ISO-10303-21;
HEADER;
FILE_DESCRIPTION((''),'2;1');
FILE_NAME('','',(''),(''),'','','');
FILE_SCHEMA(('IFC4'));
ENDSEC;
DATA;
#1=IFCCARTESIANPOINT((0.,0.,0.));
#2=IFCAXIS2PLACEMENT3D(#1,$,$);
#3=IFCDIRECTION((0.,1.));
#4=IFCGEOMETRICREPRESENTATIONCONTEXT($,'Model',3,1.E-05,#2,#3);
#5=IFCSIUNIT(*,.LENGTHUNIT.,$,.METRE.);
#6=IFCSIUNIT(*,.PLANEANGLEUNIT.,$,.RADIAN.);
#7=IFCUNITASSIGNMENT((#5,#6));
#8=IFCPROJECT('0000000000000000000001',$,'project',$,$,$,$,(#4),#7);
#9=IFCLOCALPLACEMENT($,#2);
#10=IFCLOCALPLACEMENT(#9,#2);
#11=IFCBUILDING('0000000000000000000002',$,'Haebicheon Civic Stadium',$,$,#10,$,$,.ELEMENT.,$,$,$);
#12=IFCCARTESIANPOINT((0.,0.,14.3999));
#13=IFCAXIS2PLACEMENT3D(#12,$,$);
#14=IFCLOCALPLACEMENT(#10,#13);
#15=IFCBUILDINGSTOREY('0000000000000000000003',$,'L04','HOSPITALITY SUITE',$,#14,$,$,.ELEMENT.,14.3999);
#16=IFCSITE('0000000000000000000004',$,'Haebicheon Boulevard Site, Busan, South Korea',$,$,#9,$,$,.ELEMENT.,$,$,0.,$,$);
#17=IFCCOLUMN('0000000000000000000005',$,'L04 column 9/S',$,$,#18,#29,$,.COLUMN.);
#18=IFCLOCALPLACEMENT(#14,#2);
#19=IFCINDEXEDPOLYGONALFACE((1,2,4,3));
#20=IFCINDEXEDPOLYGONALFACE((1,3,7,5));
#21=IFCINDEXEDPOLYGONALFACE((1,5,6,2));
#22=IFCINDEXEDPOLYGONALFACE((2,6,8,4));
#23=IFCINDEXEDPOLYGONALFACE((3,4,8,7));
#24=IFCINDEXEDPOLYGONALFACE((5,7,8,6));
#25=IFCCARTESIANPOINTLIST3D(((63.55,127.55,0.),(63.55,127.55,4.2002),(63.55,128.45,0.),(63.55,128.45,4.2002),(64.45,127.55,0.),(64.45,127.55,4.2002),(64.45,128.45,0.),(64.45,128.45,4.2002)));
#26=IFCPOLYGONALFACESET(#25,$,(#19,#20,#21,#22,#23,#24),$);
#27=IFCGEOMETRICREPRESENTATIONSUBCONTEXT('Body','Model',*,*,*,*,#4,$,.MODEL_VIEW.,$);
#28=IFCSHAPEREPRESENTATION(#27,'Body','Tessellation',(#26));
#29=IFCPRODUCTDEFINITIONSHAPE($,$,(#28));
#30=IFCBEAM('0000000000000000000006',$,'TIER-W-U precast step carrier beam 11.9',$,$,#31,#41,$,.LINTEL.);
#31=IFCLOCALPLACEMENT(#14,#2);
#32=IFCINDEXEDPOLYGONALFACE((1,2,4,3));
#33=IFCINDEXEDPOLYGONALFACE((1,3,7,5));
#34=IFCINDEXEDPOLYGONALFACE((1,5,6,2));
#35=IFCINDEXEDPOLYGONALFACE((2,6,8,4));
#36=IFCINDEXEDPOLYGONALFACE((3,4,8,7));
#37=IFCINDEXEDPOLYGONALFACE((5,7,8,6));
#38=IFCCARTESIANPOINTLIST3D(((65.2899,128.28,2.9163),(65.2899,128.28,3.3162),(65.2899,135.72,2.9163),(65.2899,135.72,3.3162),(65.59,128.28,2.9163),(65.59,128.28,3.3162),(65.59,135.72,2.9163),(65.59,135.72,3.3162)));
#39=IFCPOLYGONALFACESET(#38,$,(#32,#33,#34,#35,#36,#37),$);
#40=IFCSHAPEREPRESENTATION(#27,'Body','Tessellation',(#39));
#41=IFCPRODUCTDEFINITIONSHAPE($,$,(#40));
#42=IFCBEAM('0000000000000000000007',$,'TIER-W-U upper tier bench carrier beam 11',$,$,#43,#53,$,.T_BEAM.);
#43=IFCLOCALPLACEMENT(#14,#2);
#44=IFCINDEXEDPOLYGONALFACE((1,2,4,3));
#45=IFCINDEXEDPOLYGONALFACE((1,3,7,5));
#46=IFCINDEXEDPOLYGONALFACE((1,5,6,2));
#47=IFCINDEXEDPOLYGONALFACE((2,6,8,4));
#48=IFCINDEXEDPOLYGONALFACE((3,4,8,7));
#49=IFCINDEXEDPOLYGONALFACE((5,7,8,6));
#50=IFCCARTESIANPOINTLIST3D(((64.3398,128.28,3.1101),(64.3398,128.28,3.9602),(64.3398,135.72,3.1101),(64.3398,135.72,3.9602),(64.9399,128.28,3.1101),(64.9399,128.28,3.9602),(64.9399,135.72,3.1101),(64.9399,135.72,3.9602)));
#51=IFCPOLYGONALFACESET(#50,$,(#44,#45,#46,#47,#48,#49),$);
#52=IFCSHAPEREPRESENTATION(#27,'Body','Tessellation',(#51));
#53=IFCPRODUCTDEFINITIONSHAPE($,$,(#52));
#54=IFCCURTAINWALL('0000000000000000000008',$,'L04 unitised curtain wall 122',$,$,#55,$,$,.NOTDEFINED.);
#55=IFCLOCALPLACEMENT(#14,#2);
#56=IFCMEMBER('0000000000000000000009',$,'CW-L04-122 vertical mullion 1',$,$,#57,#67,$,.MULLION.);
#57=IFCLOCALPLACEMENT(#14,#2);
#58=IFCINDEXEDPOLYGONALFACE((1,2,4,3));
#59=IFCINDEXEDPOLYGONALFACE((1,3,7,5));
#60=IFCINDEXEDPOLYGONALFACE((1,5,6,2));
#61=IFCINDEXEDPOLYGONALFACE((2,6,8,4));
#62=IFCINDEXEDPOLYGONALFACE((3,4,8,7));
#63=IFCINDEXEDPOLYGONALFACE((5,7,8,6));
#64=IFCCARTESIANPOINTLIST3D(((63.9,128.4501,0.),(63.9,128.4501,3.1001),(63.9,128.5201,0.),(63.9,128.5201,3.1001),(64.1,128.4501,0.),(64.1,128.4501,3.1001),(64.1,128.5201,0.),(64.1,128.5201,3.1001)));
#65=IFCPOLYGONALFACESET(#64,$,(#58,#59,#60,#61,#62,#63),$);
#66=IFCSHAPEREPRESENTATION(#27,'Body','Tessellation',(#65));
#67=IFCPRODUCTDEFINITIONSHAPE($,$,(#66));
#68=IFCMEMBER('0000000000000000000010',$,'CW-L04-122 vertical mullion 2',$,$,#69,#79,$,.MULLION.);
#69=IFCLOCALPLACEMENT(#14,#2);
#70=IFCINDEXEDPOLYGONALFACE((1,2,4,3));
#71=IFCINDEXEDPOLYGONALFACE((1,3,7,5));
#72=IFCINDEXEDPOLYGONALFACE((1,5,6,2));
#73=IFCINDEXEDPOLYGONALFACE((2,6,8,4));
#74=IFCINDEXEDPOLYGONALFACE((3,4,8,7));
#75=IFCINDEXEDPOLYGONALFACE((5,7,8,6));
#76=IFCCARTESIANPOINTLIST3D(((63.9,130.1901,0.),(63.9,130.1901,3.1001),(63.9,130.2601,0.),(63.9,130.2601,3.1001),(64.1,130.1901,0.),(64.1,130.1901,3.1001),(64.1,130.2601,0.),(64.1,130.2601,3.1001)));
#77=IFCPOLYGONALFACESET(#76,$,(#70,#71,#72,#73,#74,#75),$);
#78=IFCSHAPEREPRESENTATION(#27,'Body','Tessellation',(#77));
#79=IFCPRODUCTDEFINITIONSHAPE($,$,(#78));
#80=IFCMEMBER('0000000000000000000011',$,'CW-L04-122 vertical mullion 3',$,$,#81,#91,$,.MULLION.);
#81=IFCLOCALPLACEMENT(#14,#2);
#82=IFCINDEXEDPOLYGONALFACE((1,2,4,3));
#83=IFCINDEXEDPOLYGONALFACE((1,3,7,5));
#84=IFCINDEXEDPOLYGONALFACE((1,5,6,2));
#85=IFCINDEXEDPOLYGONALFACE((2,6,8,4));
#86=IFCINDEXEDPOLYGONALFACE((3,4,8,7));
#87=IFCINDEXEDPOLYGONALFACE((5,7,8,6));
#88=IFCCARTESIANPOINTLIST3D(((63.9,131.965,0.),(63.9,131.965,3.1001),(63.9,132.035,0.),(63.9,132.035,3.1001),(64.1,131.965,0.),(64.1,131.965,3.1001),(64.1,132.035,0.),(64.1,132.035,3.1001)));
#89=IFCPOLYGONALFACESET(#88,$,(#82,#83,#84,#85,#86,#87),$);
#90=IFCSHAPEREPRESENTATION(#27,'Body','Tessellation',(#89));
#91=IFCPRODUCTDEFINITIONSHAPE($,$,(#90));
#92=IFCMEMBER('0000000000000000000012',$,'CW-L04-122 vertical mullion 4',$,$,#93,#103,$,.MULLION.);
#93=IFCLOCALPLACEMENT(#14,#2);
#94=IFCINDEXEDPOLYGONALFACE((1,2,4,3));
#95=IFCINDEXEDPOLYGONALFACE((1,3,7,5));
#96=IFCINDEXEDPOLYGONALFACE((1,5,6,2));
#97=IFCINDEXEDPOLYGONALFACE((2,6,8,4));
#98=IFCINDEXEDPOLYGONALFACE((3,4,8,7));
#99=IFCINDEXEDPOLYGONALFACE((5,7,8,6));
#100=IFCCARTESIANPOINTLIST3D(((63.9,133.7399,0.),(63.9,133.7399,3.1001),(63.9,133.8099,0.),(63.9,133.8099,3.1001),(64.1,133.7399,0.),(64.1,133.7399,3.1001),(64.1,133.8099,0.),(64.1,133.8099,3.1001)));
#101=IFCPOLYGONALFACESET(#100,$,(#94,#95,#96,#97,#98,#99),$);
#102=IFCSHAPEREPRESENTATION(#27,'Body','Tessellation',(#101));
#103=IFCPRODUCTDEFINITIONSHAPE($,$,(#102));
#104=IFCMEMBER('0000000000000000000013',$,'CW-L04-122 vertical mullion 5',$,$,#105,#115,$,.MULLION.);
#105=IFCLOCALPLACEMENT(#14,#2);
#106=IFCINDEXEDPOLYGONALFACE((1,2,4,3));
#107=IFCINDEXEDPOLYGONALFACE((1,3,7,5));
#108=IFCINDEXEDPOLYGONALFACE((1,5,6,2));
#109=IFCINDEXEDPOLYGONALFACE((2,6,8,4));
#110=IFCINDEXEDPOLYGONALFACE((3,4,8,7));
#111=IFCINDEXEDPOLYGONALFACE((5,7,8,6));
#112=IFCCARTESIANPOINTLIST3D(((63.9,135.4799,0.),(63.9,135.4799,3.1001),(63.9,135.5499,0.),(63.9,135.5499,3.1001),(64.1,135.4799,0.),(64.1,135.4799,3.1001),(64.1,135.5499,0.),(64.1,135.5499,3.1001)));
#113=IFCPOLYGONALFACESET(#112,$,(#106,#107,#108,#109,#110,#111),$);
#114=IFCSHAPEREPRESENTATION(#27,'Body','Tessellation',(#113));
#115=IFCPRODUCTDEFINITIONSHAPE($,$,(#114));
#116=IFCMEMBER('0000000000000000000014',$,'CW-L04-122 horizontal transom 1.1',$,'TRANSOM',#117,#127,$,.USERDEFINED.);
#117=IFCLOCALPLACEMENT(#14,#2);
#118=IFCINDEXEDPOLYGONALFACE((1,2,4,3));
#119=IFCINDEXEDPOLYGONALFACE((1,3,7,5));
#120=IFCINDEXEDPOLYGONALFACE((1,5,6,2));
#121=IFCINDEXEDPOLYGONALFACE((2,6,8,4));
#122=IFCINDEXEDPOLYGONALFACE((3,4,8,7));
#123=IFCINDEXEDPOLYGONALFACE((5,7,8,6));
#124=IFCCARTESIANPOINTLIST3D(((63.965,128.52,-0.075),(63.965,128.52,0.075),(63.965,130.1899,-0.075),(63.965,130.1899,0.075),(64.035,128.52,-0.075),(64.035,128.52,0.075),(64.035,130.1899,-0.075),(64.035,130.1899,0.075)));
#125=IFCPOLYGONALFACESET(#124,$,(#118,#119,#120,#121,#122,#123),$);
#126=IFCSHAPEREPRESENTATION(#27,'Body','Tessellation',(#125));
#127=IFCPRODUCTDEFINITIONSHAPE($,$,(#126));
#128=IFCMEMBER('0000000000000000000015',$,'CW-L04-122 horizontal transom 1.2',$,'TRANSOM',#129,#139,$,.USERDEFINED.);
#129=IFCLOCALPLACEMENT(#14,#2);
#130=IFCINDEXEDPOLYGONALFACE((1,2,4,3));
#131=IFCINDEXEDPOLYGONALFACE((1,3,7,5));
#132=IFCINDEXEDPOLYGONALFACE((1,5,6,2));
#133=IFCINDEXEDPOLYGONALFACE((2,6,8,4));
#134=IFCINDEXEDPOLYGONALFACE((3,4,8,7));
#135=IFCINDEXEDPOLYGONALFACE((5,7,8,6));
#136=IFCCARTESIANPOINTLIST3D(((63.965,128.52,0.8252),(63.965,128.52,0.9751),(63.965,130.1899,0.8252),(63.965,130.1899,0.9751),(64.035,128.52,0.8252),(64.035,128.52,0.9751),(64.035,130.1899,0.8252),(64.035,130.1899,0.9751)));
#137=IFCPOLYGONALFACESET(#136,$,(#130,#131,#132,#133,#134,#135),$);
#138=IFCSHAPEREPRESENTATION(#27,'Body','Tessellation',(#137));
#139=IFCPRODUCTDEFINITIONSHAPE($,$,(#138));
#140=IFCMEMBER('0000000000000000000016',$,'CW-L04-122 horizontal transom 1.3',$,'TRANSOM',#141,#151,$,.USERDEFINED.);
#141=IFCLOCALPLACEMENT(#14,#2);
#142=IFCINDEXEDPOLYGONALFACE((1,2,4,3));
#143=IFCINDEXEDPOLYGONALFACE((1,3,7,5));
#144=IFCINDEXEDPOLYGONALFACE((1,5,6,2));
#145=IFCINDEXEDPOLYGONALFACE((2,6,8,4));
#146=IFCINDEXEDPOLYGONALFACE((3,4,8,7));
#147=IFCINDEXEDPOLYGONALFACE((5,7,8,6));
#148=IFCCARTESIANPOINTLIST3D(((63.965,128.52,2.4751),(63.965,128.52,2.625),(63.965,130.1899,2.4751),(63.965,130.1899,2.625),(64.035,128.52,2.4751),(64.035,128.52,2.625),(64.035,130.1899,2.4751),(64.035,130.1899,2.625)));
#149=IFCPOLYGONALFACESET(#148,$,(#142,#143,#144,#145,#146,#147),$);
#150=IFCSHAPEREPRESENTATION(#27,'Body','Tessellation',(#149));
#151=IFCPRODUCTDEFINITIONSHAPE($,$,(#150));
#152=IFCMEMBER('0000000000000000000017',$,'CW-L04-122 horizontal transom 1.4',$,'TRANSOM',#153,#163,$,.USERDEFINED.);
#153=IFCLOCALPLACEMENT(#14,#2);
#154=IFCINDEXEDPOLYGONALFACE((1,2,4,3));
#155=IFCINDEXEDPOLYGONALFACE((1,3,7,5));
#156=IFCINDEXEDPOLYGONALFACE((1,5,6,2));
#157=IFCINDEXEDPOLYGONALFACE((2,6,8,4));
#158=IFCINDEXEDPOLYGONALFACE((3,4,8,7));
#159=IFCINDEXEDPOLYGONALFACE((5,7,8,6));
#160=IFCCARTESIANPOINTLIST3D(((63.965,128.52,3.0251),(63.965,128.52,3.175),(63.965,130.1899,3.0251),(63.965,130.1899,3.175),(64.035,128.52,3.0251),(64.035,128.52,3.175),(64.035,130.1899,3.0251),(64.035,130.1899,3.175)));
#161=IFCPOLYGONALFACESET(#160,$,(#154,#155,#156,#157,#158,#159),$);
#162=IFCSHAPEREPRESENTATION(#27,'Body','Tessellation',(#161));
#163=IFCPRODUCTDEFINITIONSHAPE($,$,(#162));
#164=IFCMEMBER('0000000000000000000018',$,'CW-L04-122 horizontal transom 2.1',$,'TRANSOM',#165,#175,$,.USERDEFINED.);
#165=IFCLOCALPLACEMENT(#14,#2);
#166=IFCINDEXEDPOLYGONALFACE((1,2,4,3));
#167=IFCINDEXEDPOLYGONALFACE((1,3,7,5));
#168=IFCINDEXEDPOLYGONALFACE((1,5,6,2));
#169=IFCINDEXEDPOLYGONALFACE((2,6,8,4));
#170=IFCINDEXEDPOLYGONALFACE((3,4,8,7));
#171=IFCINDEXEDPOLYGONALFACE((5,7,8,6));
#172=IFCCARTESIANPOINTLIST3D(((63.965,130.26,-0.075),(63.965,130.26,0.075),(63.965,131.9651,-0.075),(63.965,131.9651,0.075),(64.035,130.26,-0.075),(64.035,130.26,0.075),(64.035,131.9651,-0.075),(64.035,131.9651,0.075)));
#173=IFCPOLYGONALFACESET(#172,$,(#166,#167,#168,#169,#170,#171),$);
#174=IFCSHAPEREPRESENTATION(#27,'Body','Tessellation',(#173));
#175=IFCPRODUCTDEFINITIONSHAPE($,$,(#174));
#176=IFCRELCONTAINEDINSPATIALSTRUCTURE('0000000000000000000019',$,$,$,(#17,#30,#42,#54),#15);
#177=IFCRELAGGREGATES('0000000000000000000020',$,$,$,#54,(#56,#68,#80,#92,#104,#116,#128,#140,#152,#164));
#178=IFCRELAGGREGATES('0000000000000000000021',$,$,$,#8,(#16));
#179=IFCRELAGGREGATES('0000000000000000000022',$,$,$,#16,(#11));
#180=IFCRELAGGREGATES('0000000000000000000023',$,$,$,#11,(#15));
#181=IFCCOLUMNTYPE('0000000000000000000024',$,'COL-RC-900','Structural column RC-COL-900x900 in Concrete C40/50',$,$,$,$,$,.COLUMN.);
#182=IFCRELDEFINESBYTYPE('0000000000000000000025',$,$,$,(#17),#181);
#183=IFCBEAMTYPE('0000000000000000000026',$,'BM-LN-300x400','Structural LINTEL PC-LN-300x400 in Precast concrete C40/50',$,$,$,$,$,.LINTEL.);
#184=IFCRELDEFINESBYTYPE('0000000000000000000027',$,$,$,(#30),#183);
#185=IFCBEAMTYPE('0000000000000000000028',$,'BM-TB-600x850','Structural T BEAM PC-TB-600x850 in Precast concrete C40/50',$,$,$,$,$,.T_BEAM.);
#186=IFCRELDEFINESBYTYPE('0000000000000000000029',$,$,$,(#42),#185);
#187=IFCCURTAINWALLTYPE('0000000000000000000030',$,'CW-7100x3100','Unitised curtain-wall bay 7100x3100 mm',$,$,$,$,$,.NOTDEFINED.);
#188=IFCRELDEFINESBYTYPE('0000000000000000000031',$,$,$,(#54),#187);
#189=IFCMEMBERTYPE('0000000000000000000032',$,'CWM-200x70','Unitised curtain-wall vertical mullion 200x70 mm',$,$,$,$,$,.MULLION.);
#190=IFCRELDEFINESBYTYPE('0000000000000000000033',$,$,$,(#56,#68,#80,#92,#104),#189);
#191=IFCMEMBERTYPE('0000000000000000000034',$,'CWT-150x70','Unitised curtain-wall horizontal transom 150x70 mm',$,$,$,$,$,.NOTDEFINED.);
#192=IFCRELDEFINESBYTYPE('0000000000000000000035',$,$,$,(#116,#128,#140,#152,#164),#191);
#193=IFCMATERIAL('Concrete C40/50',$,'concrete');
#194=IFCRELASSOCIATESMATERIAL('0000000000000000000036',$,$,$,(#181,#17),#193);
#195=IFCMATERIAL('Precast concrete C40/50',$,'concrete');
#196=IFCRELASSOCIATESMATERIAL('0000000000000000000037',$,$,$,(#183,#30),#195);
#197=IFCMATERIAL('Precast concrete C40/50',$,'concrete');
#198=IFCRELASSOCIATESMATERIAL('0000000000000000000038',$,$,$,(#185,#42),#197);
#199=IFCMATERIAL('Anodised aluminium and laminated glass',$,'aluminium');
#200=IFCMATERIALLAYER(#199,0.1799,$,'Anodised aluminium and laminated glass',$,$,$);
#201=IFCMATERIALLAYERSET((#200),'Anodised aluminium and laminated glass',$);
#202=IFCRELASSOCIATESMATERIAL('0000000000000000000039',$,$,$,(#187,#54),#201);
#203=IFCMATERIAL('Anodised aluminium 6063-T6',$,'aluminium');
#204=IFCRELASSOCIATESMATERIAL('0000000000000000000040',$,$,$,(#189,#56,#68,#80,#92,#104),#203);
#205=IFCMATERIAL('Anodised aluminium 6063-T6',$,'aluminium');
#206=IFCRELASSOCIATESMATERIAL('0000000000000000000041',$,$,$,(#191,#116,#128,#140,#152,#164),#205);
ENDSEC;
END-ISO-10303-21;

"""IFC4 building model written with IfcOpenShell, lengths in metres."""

from ifc_helpers import new_model, si_unit, direction, frame, origin, origin_2d, place, context, subcontext, project, spatial, rectangle, extrude, material, layer, layer_set, material_profile, profile_set, type_object, element, aggregate, save


model = new_model("IFC4")

# Units and contexts
model_context = context("Model", 3, precision=1e-05, world=origin(), true_north=direction((0.0, 1.0)))
body_context = subcontext(model_context, "Body", "Model", "MODEL_VIEW")
ifc_project = project(units=[si_unit("LENGTHUNIT", "METRE"), si_unit("PLANEANGLEUNIT", "RADIAN")], contexts=[model_context])

# Site, building, storey
site_placement = place(None, origin())
site = spatial("IfcSite", under=ifc_project, at=site_placement, Name="Haebicheon Boulevard Site, Busan, South Korea", CompositionType="ELEMENT", RefElevation=0.0)
building_placement = place(site_placement, origin())
building = spatial("IfcBuilding", under=site, at=building_placement, Name="Haebicheon Civic Stadium", CompositionType="ELEMENT")
storey_placement = place(building_placement, frame((0.0, 0.0, 14.3999)))
storey = spatial("IfcBuildingStorey", under=building, at=storey_placement, Name="L04", Description="HOSPITALITY SUITE", CompositionType="ELEMENT", Elevation=14.3999)

# Column
ifc_material_1 = material(Name="Concrete C40/50", Category="concrete")
ifc_material_profile_1 = material_profile(ifc_material_1, rectangle(XDim=0.8999, YDim=0.8999, at=origin_2d()), Name="RC-COL-900x900")
ifc_profile_set_1 = profile_set([ifc_material_profile_1], Name="Concrete C40/50")
column_type = type_object("IfcColumnType", Name="COL-RC-900", Description="Structural column RC-COL-900x900 in Concrete C40/50", PredefinedType="COLUMN", material=ifc_profile_set_1)
column_placement = place(storey_placement, frame((64.0, 128.0, 0.0), z_axis=(0.0, 0.0, 1.0), x_axis=(1.0, 0.0, 0.0)))
element("IfcColumn", 1, at=column_placement, inside=storey, type_object=column_type, material=ifc_profile_set_1, Name="L04 column 9/S", PredefinedType="COLUMN", context=body_context, shape_type="SweptSolid", body=[
    extrude(rectangle(XDim=0.8999, YDim=0.8999, at=origin_2d()), origin(), (0.0, 0.0, 1.0), 4.2002),
])

# Beams
ifc_material_2 = material(Name="Precast concrete C40/50", Category="concrete")
ifc_material_profile_2 = material_profile(ifc_material_2, rectangle(XDim=0.3, YDim=0.3999, at=origin_2d()), Name="PC-LN-300x400")
ifc_profile_set_2 = profile_set([ifc_material_profile_2], Name="Precast concrete C40/50")
beam_type_1 = type_object("IfcBeamType", Name="BM-LN-300x400", Description="Structural LINTEL PC-LN-300x400 in Precast concrete C40/50", PredefinedType="LINTEL", material=ifc_profile_set_2)
beam_1_placement = place(storey_placement, frame((65.4399, 128.28, 3.1162), z_axis=(0.0, 1.0, 0.0), x_axis=(-1.0, 0.0, 0.0)))
element("IfcBeam", 2, at=beam_1_placement, inside=storey, type_object=beam_type_1, material=ifc_profile_set_2, Name="TIER-W-U precast step carrier beam 11.9", PredefinedType="LINTEL", context=body_context, shape_type="SweptSolid", body=[
    extrude(rectangle(XDim=0.3, YDim=0.3999, at=origin_2d()), origin(), (0.0, 0.0, 1.0), 7.4399),
])
ifc_material_3 = material(Name="Precast concrete C40/50", Category="concrete")
ifc_material_profile_3 = material_profile(ifc_material_3, rectangle(XDim=0.6001, YDim=0.8501, at=origin_2d()), Name="PC-TB-600x850")
ifc_profile_set_3 = profile_set([ifc_material_profile_3], Name="Precast concrete C40/50")
beam_type_2 = type_object("IfcBeamType", Name="BM-TB-600x850", Description="Structural T BEAM PC-TB-600x850 in Precast concrete C40/50", PredefinedType="T_BEAM", material=ifc_profile_set_3)
beam_2_placement = place(storey_placement, frame((64.6399, 128.28, 3.5352), z_axis=(0.0, 1.0, 0.0), x_axis=(-1.0, 0.0, 0.0)))
element("IfcBeam", 3, at=beam_2_placement, inside=storey, type_object=beam_type_2, material=ifc_profile_set_3, Name="TIER-W-U upper tier bench carrier beam 11", PredefinedType="T_BEAM", context=body_context, shape_type="SweptSolid", body=[
    extrude(rectangle(XDim=0.6001, YDim=0.8501, at=origin_2d()), origin(), (0.0, 0.0, 1.0), 7.4399),
])

# Curtain wall, members
ifc_material_4 = material(Name="Anodised aluminium and laminated glass", Category="aluminium")
ifc_layer_1 = layer(ifc_material_4, 0.1799, Name="Anodised aluminium and laminated glass")
ifc_layer_set_1 = layer_set([ifc_layer_1], Name="Anodised aluminium and laminated glass")
curtain_wall_type = type_object("IfcCurtainWallType", Name="CW-7100x3100", Description="Unitised curtain-wall bay 7100x3100 mm", PredefinedType="NOTDEFINED", material=ifc_layer_set_1)
curtain_wall_placement = place(storey_placement, origin())
curtain_wall = element("IfcCurtainWall", 4, at=curtain_wall_placement, inside=storey, type_object=curtain_wall_type, material=ifc_layer_set_1, Name="L04 unitised curtain wall 122", PredefinedType="NOTDEFINED")
ifc_material_5 = material(Name="Anodised aluminium 6063-T6", Category="aluminium")
ifc_material_profile_4 = material_profile(ifc_material_5, rectangle(XDim=0.0701, YDim=0.2, at=origin_2d()), Name="ALU-MULL-70x200")
ifc_profile_set_4 = profile_set([ifc_material_profile_4], Name="Anodised aluminium 6063-T6")
member_type_1 = type_object("IfcMemberType", Name="CWM-200x70", Description="Unitised curtain-wall vertical mullion 200x70 mm", PredefinedType="MULLION", material=ifc_profile_set_4)
member_1_placement = place(storey_placement, frame((64.0, 128.4851, 0.0), z_axis=(0.0, 0.0, 1.0), x_axis=(0.0, 1.0, 0.0)))
member_1 = element("IfcMember", 5, at=member_1_placement, type_object=member_type_1, material=ifc_profile_set_4, Name="CW-L04-122 vertical mullion 1", PredefinedType="MULLION", context=body_context, shape_type="SweptSolid", body=[
    extrude(rectangle(XDim=0.0701, YDim=0.2, at=origin_2d()), origin(), (0.0, 0.0, 1.0), 3.1001),
])
member_2_placement = place(storey_placement, frame((64.0, 130.2251, 0.0), z_axis=(0.0, 0.0, 1.0), x_axis=(0.0, 1.0, 0.0)))
member_2 = element("IfcMember", 6, at=member_2_placement, type_object=member_type_1, material=ifc_profile_set_4, Name="CW-L04-122 vertical mullion 2", PredefinedType="MULLION", context=body_context, shape_type="SweptSolid", body=[
    extrude(rectangle(XDim=0.0701, YDim=0.2, at=origin_2d()), origin(), (0.0, 0.0, 1.0), 3.1001),
])
member_3_placement = place(storey_placement, frame((64.0, 132.0, 0.0), z_axis=(0.0, 0.0, 1.0), x_axis=(0.0, 1.0, 0.0)))
member_3 = element("IfcMember", 7, at=member_3_placement, type_object=member_type_1, material=ifc_profile_set_4, Name="CW-L04-122 vertical mullion 3", PredefinedType="MULLION", context=body_context, shape_type="SweptSolid", body=[
    extrude(rectangle(XDim=0.0701, YDim=0.2, at=origin_2d()), origin(), (0.0, 0.0, 1.0), 3.1001),
])
member_4_placement = place(storey_placement, frame((64.0, 133.7749, 0.0), z_axis=(0.0, 0.0, 1.0), x_axis=(0.0, 1.0, 0.0)))
member_4 = element("IfcMember", 8, at=member_4_placement, type_object=member_type_1, material=ifc_profile_set_4, Name="CW-L04-122 vertical mullion 4", PredefinedType="MULLION", context=body_context, shape_type="SweptSolid", body=[
    extrude(rectangle(XDim=0.0701, YDim=0.2, at=origin_2d()), origin(), (0.0, 0.0, 1.0), 3.1001),
])
member_5_placement = place(storey_placement, frame((64.0, 135.5149, 0.0), z_axis=(0.0, 0.0, 1.0), x_axis=(0.0, 1.0, 0.0)))
member_5 = element("IfcMember", 9, at=member_5_placement, type_object=member_type_1, material=ifc_profile_set_4, Name="CW-L04-122 vertical mullion 5", PredefinedType="MULLION", context=body_context, shape_type="SweptSolid", body=[
    extrude(rectangle(XDim=0.0701, YDim=0.2, at=origin_2d()), origin(), (0.0, 0.0, 1.0), 3.1001),
])
ifc_material_6 = material(Name="Anodised aluminium 6063-T6", Category="aluminium")
ifc_material_profile_5 = material_profile(ifc_material_6, rectangle(XDim=0.0701, YDim=0.1499, at=origin_2d()), Name="ALU-TRAN-70x150")
ifc_profile_set_5 = profile_set([ifc_material_profile_5], Name="Anodised aluminium 6063-T6")
member_type_2 = type_object("IfcMemberType", Name="CWT-150x70", Description="Unitised curtain-wall horizontal transom 150x70 mm", PredefinedType="NOTDEFINED", material=ifc_profile_set_5)
member_6_placement = place(storey_placement, frame((64.0, 128.52, 0.0), z_axis=(0.0, 1.0, 0.0), x_axis=(-1.0, 0.0, 0.0)))
member_6 = element("IfcMember", 10, at=member_6_placement, type_object=member_type_2, material=ifc_profile_set_5, Name="CW-L04-122 horizontal transom 1.1", ObjectType="TRANSOM", PredefinedType="USERDEFINED", context=body_context, shape_type="SweptSolid", body=[
    extrude(rectangle(XDim=0.0701, YDim=0.1499, at=origin_2d()), origin(), (0.0, 0.0, 1.0), 1.6699),
])
member_7_placement = place(storey_placement, frame((64.0, 128.52, 0.9001), z_axis=(0.0, 1.0, 0.0), x_axis=(-1.0, 0.0, 0.0)))
member_7 = element("IfcMember", 11, at=member_7_placement, type_object=member_type_2, material=ifc_profile_set_5, Name="CW-L04-122 horizontal transom 1.2", ObjectType="TRANSOM", PredefinedType="USERDEFINED", context=body_context, shape_type="SweptSolid", body=[
    extrude(rectangle(XDim=0.0701, YDim=0.1499, at=origin_2d()), origin(), (0.0, 0.0, 1.0), 1.6699),
])
member_8_placement = place(storey_placement, frame((64.0, 128.52, 2.55), z_axis=(0.0, 1.0, 0.0), x_axis=(-1.0, 0.0, 0.0)))
member_8 = element("IfcMember", 12, at=member_8_placement, type_object=member_type_2, material=ifc_profile_set_5, Name="CW-L04-122 horizontal transom 1.3", ObjectType="TRANSOM", PredefinedType="USERDEFINED", context=body_context, shape_type="SweptSolid", body=[
    extrude(rectangle(XDim=0.0701, YDim=0.1499, at=origin_2d()), origin(), (0.0, 0.0, 1.0), 1.6699),
])
member_9_placement = place(storey_placement, frame((64.0, 128.52, 3.1001), z_axis=(0.0, 1.0, 0.0), x_axis=(-1.0, 0.0, 0.0)))
member_9 = element("IfcMember", 13, at=member_9_placement, type_object=member_type_2, material=ifc_profile_set_5, Name="CW-L04-122 horizontal transom 1.4", ObjectType="TRANSOM", PredefinedType="USERDEFINED", context=body_context, shape_type="SweptSolid", body=[
    extrude(rectangle(XDim=0.0701, YDim=0.1499, at=origin_2d()), origin(), (0.0, 0.0, 1.0), 1.6699),
])
member_10_placement = place(storey_placement, frame((64.0, 130.26, 0.0), z_axis=(0.0, 1.0, 0.0), x_axis=(-1.0, 0.0, 0.0)))
member_10 = element("IfcMember", 14, at=member_10_placement, type_object=member_type_2, material=ifc_profile_set_5, Name="CW-L04-122 horizontal transom 2.1", ObjectType="TRANSOM", PredefinedType="USERDEFINED", context=body_context, shape_type="SweptSolid", body=[
    extrude(rectangle(XDim=0.0701, YDim=0.1499, at=origin_2d()), origin(), (0.0, 0.0, 1.0), 1.7051),
])

aggregate(curtain_wall, [member_1, member_2, member_3, member_4, member_5, member_6, member_7, member_8, member_9, member_10])

save(model, "model.ifc")
